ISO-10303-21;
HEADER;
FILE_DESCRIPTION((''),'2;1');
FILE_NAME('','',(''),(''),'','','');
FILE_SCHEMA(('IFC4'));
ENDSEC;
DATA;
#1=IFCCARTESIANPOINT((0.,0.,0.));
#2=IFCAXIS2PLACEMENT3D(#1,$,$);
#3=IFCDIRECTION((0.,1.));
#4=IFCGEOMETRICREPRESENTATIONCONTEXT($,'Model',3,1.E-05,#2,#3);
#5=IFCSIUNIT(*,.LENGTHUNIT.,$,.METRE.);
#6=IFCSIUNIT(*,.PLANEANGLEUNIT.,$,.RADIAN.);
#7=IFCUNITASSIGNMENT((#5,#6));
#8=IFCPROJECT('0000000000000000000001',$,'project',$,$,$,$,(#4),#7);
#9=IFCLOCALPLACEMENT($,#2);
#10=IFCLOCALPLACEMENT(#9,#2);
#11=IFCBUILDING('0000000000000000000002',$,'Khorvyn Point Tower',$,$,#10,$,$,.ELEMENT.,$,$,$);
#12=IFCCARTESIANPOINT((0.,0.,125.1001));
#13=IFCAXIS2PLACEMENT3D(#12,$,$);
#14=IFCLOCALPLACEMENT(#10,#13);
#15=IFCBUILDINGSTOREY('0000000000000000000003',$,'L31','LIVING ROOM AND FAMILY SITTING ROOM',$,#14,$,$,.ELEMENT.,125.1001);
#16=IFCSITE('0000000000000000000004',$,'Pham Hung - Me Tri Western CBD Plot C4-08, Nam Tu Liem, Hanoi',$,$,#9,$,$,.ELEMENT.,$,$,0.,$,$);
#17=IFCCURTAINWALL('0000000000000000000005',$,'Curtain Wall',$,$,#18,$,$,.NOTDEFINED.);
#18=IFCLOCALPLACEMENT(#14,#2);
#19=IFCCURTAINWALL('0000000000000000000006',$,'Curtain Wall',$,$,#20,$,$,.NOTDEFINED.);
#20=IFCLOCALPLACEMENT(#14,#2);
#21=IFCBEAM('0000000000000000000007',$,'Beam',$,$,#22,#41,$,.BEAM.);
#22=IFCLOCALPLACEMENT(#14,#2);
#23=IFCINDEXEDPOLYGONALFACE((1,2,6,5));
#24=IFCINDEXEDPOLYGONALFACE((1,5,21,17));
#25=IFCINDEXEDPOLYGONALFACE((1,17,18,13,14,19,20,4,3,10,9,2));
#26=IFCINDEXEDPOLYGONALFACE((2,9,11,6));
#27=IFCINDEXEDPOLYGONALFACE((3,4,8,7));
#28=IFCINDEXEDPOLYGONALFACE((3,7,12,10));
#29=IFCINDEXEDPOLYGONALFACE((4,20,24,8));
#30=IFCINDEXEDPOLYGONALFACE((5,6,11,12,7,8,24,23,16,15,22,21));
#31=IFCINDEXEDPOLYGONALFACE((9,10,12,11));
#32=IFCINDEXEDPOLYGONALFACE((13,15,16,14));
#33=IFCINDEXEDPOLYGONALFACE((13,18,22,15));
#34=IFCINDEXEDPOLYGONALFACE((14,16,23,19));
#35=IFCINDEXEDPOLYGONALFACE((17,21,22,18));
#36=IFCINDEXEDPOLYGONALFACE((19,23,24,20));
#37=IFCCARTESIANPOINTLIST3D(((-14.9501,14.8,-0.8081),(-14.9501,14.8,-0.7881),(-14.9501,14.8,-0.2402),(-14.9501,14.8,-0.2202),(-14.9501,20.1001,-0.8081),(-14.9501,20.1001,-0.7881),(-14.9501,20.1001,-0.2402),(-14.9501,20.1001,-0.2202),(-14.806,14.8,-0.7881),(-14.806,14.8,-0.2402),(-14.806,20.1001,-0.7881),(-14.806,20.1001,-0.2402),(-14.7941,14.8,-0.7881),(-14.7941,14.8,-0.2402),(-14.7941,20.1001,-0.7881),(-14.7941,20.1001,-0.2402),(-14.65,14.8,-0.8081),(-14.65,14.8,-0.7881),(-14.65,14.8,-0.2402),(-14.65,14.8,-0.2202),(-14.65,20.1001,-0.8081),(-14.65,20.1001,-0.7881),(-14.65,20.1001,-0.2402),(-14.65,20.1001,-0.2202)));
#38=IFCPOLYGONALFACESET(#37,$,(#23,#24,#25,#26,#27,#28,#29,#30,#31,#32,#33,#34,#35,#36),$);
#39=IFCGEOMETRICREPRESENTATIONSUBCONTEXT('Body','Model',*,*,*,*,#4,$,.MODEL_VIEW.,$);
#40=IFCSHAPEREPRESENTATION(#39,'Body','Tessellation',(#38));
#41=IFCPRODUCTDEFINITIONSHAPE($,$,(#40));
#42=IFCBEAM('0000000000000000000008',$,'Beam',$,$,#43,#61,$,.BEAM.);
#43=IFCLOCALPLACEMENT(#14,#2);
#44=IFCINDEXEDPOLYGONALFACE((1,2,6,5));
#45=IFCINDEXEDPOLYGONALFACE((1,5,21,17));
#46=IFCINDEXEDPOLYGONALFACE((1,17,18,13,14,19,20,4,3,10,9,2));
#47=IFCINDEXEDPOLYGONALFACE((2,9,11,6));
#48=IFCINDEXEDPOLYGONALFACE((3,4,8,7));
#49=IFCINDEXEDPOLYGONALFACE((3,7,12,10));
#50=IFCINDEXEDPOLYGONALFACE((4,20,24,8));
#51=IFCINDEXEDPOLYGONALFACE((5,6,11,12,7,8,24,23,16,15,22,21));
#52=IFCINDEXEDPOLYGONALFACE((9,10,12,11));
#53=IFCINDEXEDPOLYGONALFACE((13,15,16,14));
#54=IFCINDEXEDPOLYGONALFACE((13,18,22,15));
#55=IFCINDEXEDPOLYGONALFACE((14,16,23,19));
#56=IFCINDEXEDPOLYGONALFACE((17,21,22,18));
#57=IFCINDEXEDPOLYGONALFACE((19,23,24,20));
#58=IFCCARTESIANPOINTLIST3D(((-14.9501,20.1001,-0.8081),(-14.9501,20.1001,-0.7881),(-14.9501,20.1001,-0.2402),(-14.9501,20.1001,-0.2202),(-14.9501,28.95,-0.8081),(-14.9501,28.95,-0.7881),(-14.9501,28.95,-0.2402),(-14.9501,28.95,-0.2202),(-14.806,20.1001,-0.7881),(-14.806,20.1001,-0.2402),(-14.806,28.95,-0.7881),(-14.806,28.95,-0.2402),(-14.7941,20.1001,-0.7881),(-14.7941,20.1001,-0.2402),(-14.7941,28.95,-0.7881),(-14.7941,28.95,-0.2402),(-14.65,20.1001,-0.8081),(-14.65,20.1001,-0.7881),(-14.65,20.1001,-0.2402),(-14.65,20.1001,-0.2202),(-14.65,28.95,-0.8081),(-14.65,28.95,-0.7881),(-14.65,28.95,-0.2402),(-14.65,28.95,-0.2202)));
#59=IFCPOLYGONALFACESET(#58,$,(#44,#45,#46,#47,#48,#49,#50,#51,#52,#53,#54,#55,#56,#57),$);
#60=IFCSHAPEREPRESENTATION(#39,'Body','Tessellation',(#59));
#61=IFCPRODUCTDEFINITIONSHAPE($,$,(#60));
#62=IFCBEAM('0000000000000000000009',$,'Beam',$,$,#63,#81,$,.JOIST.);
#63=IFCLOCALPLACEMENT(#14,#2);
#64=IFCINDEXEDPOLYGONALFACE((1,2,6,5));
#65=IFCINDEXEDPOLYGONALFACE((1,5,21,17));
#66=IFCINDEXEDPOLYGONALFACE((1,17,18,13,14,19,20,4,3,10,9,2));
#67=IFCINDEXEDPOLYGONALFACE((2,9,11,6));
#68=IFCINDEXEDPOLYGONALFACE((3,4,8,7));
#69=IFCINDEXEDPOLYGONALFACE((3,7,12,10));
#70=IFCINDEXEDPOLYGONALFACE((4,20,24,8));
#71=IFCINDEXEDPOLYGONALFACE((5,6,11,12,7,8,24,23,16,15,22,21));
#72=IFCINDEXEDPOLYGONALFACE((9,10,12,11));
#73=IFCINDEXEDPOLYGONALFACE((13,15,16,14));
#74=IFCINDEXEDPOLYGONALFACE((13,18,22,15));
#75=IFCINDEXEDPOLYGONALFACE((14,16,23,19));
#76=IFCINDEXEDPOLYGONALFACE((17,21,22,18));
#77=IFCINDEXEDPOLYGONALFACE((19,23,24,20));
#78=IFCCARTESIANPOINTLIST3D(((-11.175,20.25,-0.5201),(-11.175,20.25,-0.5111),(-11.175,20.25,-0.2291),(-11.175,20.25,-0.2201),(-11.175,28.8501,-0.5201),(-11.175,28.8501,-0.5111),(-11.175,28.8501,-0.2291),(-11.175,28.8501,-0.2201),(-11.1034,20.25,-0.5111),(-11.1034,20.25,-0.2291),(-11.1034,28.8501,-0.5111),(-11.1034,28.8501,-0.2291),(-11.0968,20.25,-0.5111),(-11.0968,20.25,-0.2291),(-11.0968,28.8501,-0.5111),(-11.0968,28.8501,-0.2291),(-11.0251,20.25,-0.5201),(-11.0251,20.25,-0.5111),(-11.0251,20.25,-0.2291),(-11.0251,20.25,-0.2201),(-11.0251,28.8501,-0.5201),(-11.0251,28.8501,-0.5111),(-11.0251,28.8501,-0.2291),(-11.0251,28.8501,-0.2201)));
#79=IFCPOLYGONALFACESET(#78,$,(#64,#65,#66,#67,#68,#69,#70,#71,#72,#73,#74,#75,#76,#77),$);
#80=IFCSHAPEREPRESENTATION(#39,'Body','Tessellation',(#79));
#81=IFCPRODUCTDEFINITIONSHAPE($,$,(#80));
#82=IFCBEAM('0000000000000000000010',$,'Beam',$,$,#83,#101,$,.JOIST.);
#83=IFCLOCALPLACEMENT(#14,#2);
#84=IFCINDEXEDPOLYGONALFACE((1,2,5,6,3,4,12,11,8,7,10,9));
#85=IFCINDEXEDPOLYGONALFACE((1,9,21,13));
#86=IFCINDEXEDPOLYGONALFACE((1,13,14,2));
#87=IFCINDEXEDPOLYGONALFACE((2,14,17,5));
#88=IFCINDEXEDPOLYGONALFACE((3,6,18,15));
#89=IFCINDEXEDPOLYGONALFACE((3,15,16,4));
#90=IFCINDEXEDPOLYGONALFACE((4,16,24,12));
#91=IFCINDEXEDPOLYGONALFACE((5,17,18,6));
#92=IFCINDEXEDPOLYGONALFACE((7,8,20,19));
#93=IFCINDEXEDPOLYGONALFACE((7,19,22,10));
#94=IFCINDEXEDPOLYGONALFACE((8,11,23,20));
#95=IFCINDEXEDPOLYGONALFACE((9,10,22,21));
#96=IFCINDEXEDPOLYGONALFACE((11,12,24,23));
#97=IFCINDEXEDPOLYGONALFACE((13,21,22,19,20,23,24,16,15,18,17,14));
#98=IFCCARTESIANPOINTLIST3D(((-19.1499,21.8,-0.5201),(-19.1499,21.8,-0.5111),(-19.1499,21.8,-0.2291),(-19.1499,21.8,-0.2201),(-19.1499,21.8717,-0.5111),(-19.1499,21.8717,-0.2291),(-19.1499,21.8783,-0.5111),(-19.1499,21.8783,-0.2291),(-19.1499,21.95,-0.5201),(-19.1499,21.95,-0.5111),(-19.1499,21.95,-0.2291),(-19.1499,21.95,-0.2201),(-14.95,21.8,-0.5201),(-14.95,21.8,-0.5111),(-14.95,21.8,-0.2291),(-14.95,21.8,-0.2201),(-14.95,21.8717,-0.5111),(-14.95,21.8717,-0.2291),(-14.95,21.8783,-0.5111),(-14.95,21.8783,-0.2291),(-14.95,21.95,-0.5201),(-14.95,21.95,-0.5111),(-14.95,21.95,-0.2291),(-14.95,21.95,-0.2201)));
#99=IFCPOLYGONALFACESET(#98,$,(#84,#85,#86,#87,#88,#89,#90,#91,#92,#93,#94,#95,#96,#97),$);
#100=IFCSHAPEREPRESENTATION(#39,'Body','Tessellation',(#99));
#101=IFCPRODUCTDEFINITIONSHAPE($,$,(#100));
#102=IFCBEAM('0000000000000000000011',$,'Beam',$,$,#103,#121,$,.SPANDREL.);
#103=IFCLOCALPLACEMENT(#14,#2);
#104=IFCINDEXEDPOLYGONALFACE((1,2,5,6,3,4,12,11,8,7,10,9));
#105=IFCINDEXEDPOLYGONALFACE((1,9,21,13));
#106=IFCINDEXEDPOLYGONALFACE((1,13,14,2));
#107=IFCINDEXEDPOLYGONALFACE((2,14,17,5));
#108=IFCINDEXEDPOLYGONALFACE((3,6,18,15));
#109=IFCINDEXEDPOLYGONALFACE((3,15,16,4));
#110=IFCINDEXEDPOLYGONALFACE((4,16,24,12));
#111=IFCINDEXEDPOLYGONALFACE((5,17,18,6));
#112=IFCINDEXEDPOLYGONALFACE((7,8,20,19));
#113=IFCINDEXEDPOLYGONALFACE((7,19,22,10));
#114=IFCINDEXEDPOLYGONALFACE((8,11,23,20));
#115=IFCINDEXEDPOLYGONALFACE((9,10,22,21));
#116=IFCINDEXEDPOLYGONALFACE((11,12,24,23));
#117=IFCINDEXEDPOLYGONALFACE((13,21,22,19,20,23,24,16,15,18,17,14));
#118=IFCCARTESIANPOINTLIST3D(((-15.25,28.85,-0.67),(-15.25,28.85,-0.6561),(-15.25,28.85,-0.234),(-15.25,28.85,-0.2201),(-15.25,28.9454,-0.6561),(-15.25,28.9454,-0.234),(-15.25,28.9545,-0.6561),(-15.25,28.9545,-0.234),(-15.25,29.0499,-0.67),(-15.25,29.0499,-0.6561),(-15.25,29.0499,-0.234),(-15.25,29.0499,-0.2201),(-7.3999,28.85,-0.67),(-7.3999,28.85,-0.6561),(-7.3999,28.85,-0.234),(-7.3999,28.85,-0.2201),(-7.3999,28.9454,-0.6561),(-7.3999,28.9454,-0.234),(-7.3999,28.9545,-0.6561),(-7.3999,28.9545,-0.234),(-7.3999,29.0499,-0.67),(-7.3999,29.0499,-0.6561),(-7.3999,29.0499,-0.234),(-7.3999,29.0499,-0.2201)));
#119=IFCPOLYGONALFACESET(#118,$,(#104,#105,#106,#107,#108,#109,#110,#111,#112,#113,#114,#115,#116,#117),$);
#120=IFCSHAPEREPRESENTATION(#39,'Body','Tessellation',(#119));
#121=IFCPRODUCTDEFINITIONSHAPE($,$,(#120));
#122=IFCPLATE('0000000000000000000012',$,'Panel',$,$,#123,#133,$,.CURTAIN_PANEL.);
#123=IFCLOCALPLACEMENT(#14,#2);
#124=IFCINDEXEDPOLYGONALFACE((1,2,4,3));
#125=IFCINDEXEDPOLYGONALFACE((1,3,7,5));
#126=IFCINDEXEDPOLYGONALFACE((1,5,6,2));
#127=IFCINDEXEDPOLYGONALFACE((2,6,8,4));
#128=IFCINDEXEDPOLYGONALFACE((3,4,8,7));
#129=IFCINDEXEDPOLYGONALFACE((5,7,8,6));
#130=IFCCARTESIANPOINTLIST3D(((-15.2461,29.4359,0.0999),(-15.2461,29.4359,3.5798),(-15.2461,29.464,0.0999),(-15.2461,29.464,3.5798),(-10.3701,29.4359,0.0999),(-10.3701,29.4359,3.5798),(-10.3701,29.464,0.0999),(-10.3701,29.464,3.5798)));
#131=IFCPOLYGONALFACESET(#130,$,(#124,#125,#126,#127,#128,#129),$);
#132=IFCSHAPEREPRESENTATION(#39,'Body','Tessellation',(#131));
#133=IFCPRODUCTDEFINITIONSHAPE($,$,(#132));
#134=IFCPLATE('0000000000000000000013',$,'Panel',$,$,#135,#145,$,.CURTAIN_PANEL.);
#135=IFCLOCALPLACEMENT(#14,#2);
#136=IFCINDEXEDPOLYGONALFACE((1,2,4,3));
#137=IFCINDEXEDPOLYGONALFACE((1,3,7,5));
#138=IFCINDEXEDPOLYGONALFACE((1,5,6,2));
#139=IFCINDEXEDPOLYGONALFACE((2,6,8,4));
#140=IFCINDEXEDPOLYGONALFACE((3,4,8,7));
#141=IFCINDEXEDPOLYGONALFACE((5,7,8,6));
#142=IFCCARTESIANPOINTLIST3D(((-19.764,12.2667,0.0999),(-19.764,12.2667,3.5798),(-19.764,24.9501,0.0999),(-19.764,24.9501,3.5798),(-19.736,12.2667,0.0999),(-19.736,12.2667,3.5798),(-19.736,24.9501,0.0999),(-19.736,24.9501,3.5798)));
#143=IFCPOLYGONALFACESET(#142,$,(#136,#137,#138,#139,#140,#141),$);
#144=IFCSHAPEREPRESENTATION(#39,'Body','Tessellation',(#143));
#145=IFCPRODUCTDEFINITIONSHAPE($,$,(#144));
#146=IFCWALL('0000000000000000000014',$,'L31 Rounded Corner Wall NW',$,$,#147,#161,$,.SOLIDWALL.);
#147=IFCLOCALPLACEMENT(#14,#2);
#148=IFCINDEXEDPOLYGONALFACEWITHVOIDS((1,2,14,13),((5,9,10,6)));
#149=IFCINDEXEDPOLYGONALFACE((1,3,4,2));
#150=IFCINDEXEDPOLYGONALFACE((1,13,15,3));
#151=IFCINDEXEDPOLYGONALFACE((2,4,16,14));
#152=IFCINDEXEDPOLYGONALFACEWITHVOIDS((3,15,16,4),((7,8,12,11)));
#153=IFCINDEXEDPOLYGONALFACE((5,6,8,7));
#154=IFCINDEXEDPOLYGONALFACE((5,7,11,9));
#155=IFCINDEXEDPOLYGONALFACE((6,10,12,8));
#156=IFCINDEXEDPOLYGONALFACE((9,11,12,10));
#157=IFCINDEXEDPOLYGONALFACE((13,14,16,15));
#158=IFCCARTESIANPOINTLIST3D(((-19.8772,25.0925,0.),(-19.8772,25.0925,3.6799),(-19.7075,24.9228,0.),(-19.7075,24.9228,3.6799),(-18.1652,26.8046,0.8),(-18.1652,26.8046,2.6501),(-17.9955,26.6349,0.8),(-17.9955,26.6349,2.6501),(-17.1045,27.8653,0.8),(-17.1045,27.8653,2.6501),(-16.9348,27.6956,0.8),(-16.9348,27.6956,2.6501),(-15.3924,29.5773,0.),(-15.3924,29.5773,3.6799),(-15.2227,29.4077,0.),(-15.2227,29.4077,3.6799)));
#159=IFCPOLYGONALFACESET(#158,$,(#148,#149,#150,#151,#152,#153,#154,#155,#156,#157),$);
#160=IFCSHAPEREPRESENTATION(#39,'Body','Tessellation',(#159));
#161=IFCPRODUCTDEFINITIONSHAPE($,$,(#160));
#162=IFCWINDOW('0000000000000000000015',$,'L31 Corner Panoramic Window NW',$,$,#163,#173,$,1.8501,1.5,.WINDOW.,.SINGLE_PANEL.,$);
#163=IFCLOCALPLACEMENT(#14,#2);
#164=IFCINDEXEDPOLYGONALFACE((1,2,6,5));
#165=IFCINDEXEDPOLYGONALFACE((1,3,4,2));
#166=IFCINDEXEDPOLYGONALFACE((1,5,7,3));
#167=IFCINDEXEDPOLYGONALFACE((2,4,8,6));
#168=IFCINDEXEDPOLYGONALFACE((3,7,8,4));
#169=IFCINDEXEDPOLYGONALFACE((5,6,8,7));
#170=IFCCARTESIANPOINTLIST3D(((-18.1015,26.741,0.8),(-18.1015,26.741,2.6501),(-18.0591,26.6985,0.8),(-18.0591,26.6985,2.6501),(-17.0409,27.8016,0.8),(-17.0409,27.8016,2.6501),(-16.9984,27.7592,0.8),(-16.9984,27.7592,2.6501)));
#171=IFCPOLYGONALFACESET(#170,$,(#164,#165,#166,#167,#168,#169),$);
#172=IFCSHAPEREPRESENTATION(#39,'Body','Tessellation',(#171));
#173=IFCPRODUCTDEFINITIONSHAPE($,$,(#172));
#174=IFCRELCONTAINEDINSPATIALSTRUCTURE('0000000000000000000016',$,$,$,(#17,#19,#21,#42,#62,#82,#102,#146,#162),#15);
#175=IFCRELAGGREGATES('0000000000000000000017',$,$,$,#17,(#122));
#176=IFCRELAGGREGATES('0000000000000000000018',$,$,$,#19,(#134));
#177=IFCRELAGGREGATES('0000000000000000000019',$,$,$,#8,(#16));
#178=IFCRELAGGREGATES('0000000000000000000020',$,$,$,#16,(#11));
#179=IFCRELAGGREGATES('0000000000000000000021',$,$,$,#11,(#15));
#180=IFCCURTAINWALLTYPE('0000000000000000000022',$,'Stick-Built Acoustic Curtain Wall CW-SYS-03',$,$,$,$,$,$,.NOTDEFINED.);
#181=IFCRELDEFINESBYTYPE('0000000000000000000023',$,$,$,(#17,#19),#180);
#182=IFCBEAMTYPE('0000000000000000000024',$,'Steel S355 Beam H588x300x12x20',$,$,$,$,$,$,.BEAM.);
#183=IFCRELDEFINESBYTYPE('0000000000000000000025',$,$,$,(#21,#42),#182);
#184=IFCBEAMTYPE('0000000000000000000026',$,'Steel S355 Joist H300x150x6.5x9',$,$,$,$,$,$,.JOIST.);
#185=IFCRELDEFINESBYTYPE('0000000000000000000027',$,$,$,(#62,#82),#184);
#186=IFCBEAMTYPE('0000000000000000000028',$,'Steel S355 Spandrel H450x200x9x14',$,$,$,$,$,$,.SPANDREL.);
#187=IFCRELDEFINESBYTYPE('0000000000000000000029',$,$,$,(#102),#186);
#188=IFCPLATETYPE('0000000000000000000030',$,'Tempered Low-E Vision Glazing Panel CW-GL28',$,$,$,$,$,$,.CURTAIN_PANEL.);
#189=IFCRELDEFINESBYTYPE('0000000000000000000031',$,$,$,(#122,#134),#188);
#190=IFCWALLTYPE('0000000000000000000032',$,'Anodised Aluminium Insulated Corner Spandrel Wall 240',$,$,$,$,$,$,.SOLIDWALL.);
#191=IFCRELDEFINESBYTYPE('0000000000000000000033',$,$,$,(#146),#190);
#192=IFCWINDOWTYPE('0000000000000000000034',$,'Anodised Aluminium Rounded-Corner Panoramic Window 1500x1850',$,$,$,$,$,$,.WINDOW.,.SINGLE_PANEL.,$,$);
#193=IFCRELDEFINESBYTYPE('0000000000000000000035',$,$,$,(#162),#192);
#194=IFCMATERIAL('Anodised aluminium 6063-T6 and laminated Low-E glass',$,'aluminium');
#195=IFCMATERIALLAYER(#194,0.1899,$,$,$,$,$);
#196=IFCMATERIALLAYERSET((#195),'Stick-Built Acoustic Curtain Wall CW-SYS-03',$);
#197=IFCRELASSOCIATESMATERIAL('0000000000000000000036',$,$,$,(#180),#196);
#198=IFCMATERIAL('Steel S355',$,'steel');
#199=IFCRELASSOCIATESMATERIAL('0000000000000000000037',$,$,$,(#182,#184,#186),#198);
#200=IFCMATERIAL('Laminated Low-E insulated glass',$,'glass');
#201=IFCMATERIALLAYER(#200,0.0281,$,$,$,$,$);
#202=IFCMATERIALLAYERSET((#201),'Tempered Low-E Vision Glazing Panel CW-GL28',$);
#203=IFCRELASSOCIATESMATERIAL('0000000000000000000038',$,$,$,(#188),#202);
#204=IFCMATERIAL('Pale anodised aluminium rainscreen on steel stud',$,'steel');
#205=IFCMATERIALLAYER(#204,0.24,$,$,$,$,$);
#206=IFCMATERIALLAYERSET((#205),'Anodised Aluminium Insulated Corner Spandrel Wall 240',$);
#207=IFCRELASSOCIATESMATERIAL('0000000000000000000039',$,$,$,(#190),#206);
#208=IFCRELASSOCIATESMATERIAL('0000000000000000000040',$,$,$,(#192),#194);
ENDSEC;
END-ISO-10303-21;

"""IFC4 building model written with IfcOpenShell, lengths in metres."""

from ifc_helpers import new_model, si_unit, direction, frame, frame_2d, origin, origin_2d, place, context, subcontext, project, spatial, rectangle, i_section, extrude, material, layer, layer_set, material_profile, profile_set, type_object, element, fill, aggregate, save


model = new_model("IFC4")

# Units and contexts
model_context = context("Model", 3, precision=1e-05, world=origin(), true_north=direction((0.0, 1.0)))
body_context = subcontext(model_context, "Body", "Model", "MODEL_VIEW")
ifc_project = project(units=[si_unit("LENGTHUNIT", "METRE"), si_unit("PLANEANGLEUNIT", "RADIAN")], contexts=[model_context])

# Site, building, storey
site_placement = place(None, origin())
site = spatial("IfcSite", under=ifc_project, at=site_placement, Name="Pham Hung - Me Tri Western CBD Plot C4-08, Nam Tu Liem, Hanoi", CompositionType="ELEMENT", RefElevation=0.0)
building_placement = place(site_placement, origin())
building = spatial("IfcBuilding", under=site, at=building_placement, Name="Khorvyn Point Tower", CompositionType="ELEMENT")
storey_placement = place(building_placement, frame((0.0, 0.0, 125.1001)))
storey = spatial("IfcBuildingStorey", under=building, at=storey_placement, Name="L31", Description="LIVING ROOM AND FAMILY SITTING ROOM", CompositionType="ELEMENT", Elevation=125.1001)

# Curtain walls
ifc_material_1 = material(Name="Anodised aluminium 6063-T6 and laminated Low-E glass", Category="aluminium")
ifc_layer_1 = layer(ifc_material_1, 0.1899)
ifc_layer_set_1 = layer_set([ifc_layer_1], Name="Stick-Built Acoustic Curtain Wall CW-SYS-03")
curtain_wall_type = type_object("IfcCurtainWallType", Name="Stick-Built Acoustic Curtain Wall CW-SYS-03", PredefinedType="NOTDEFINED", material=ifc_layer_set_1)
curtain_wall_1_placement = place(storey_placement, origin())
curtain_wall_1 = element("IfcCurtainWall", 1, at=curtain_wall_1_placement, inside=storey, type_object=curtain_wall_type, Name="Curtain Wall", PredefinedType="NOTDEFINED")
curtain_wall_2_placement = place(storey_placement, origin())
curtain_wall_2 = element("IfcCurtainWall", 2, at=curtain_wall_2_placement, inside=storey, type_object=curtain_wall_type, Name="Curtain Wall", PredefinedType="NOTDEFINED")

# Beams
ifc_material_2 = material(Name="Steel S355", Category="steel")
ifc_material_profile_1 = material_profile(ifc_material_2, i_section(OverallWidth=0.3, OverallDepth=0.5879, WebThickness=0.012, FlangeThickness=0.02, at=origin_2d()))
ifc_profile_set_1 = profile_set([ifc_material_profile_1], Name="Steel S355 H588x300x12x20")
beam_type_1 = type_object("IfcBeamType", Name="Steel S355 Beam H588x300x12x20", PredefinedType="BEAM", material=ifc_profile_set_1)
beam_1_placement = place(storey_placement, frame((-14.8, 14.8, -0.5142), z_axis=(0.0, 1.0, 0.0), x_axis=(-1.0, 0.0, 0.0)))
element("IfcBeam", 3, at=beam_1_placement, inside=storey, type_object=beam_type_1, Name="Beam", PredefinedType="BEAM", context=body_context, shape_type="SweptSolid", body=[
    extrude(i_section(OverallWidth=0.3, OverallDepth=0.5879, WebThickness=0.012, FlangeThickness=0.02, at=origin_2d()), origin(), (0.0, 0.0, 1.0), 5.3),
])
beam_2_placement = place(storey_placement, frame((-14.8, 20.1001, -0.5142), z_axis=(0.0, 1.0, 0.0), x_axis=(-1.0, 0.0, 0.0)))
element("IfcBeam", 4, at=beam_2_placement, inside=storey, type_object=beam_type_1, Name="Beam", PredefinedType="BEAM", context=body_context, shape_type="SweptSolid", body=[
    extrude(i_section(OverallWidth=0.3, OverallDepth=0.5879, WebThickness=0.012, FlangeThickness=0.02, at=origin_2d()), origin(), (0.0, 0.0, 1.0), 8.8499),
])
ifc_material_profile_2 = material_profile(ifc_material_2, i_section(OverallWidth=0.1499, OverallDepth=0.3, WebThickness=0.0066, FlangeThickness=0.009, at=origin_2d()))
ifc_profile_set_2 = profile_set([ifc_material_profile_2], Name="Steel S355 H300x150x6.5x9")
beam_type_2 = type_object("IfcBeamType", Name="Steel S355 Joist H300x150x6.5x9", PredefinedType="JOIST", material=ifc_profile_set_2)
beam_3_placement = place(storey_placement, frame((-11.1001, 20.25, -0.3701), z_axis=(0.0, 1.0, 0.0), x_axis=(-1.0, 0.0, 0.0)))
element("IfcBeam", 5, at=beam_3_placement, inside=storey, type_object=beam_type_2, Name="Beam", PredefinedType="JOIST", context=body_context, shape_type="SweptSolid", body=[
    extrude(i_section(OverallWidth=0.1499, OverallDepth=0.3, WebThickness=0.0066, FlangeThickness=0.009, at=origin_2d()), origin(), (0.0, 0.0, 1.0), 8.6001),
])
beam_4_placement = place(storey_placement, frame((-19.1499, 21.875, -0.3701), z_axis=(1.0, 0.0, 0.0), x_axis=(0.0, 1.0, 0.0)))
element("IfcBeam", 6, at=beam_4_placement, inside=storey, type_object=beam_type_2, Name="Beam", PredefinedType="JOIST", context=body_context, shape_type="SweptSolid", body=[
    extrude(i_section(OverallWidth=0.1499, OverallDepth=0.3, WebThickness=0.0066, FlangeThickness=0.009, at=origin_2d()), origin(), (0.0, 0.0, 1.0), 4.2),
])
ifc_material_profile_3 = material_profile(ifc_material_2, i_section(OverallWidth=0.2, OverallDepth=0.45, WebThickness=0.009, FlangeThickness=0.0139, at=origin_2d()))
ifc_profile_set_3 = profile_set([ifc_material_profile_3], Name="Steel S355 H450x200x9x14")
beam_type_3 = type_object("IfcBeamType", Name="Steel S355 Spandrel H450x200x9x14", PredefinedType="SPANDREL", material=ifc_profile_set_3)
beam_5_placement = place(storey_placement, frame((-15.25, 28.95, -0.4451), z_axis=(1.0, 0.0, 0.0), x_axis=(0.0, 1.0, 0.0)))
element("IfcBeam", 7, at=beam_5_placement, inside=storey, type_object=beam_type_3, Name="Beam", PredefinedType="SPANDREL", context=body_context, shape_type="SweptSolid", body=[
    extrude(i_section(OverallWidth=0.2, OverallDepth=0.45, WebThickness=0.009, FlangeThickness=0.0139, at=origin_2d()), origin(), (0.0, 0.0, 1.0), 7.8501),
])

# Plates
ifc_material_3 = material(Name="Laminated Low-E insulated glass", Category="glass")
ifc_layer_2 = layer(ifc_material_3, 0.0281)
ifc_layer_set_2 = layer_set([ifc_layer_2], Name="Tempered Low-E Vision Glazing Panel CW-GL28")
plate_type = type_object("IfcPlateType", Name="Tempered Low-E Vision Glazing Panel CW-GL28", PredefinedType="CURTAIN_PANEL", material=ifc_layer_set_2)
plate_1_placement = place(storey_placement, frame((-12.8081, 29.45, 0.0999), z_axis=(0.0, 0.0, 1.0), x_axis=(1.0, 0.0, 0.0)))
plate_1 = element("IfcPlate", 8, at=plate_1_placement, type_object=plate_type, Name="Panel", PredefinedType="CURTAIN_PANEL", context=body_context, shape_type="SweptSolid", body=[
    extrude(rectangle(XDim=4.876, YDim=0.0281, at=origin_2d()), origin(), (0.0, 0.0, 1.0), 3.48),
])
aggregate(curtain_wall_1, [plate_1])
plate_2_placement = place(storey_placement, frame((-19.75, 18.6084, 0.0999), z_axis=(0.0, 0.0, 1.0), x_axis=(0.0, 1.0, 0.0)))
plate_2 = element("IfcPlate", 9, at=plate_2_placement, type_object=plate_type, Name="Panel", PredefinedType="CURTAIN_PANEL", context=body_context, shape_type="SweptSolid", body=[
    extrude(rectangle(XDim=12.6833, YDim=0.0281, at=origin_2d()), origin(), (0.0, 0.0, 1.0), 3.48),
])
aggregate(curtain_wall_2, [plate_2])

# Wall, opening, window
ifc_material_4 = material(Name="Pale anodised aluminium rainscreen on steel stud", Category="steel")
ifc_layer_3 = layer(ifc_material_4, 0.24)
ifc_layer_set_3 = layer_set([ifc_layer_3], Name="Anodised Aluminium Insulated Corner Spandrel Wall 240")
wall_type_1 = type_object("IfcWallType", Name="Anodised Aluminium Insulated Corner Spandrel Wall 240", PredefinedType="SOLIDWALL", material=ifc_layer_set_3)
wall_1_placement = place(storey_placement, frame((-19.7925, 25.0076, 0.0), z_axis=(0.0, 0.0, 1.0), x_axis=(0.707107, 0.707107, 0.0)))
wall_1 = element("IfcWall", 10, at=wall_1_placement, inside=storey, type_object=wall_type_1, Name="L31 Rounded Corner Wall NW", PredefinedType="SOLIDWALL", context=body_context, shape_type="SweptSolid", body=[
    extrude(rectangle(XDim=6.3425, YDim=0.24, at=frame_2d((3.1714, 0.0))), origin(), (0.0, 0.0, 1.0), 3.6799),
])
opening_1_placement = place(wall_1_placement, frame((2.4214, 0.0, 0.8)))
opening_1 = element("IfcOpeningElement", 11, at=opening_1_placement, cuts=wall_1, PredefinedType="OPENING", context=body_context, shape_type="SweptSolid", body=[
    extrude(rectangle(XDim=1.5, YDim=1.8501, at=frame_2d((0.75, 0.925))), frame((0.0, 0.1299, 0.0), z_axis=(0.0, -1.0, 0.0), x_axis=(1.0, 0.0, 0.0)), (0.0, 0.0, 1.0), 0.26),
])
window_type = type_object("IfcWindowType", Name="Anodised Aluminium Rounded-Corner Panoramic Window 1500x1850", PartitioningType="SINGLE_PANEL", PredefinedType="WINDOW", material=ifc_material_1)
window_placement = place(opening_1_placement, origin())
window = element("IfcWindow", 12, at=window_placement, inside=storey, type_object=window_type, Name="L31 Corner Panoramic Window NW", OverallHeight=1.8501, OverallWidth=1.5, PartitioningType="SINGLE_PANEL", PredefinedType="WINDOW", context=body_context, shape_type="SweptSolid", body=[
    extrude(rectangle(XDim=1.5, YDim=1.8501, at=frame_2d((0.75, 0.925))), frame((0.0, 0.03, 0.0), z_axis=(0.0, -1.0, 0.0), x_axis=(1.0, 0.0, 0.0)), (0.0, 0.0, 1.0), 0.0601),
])
fill(opening_1, window)

save(model, "model.ifc")
